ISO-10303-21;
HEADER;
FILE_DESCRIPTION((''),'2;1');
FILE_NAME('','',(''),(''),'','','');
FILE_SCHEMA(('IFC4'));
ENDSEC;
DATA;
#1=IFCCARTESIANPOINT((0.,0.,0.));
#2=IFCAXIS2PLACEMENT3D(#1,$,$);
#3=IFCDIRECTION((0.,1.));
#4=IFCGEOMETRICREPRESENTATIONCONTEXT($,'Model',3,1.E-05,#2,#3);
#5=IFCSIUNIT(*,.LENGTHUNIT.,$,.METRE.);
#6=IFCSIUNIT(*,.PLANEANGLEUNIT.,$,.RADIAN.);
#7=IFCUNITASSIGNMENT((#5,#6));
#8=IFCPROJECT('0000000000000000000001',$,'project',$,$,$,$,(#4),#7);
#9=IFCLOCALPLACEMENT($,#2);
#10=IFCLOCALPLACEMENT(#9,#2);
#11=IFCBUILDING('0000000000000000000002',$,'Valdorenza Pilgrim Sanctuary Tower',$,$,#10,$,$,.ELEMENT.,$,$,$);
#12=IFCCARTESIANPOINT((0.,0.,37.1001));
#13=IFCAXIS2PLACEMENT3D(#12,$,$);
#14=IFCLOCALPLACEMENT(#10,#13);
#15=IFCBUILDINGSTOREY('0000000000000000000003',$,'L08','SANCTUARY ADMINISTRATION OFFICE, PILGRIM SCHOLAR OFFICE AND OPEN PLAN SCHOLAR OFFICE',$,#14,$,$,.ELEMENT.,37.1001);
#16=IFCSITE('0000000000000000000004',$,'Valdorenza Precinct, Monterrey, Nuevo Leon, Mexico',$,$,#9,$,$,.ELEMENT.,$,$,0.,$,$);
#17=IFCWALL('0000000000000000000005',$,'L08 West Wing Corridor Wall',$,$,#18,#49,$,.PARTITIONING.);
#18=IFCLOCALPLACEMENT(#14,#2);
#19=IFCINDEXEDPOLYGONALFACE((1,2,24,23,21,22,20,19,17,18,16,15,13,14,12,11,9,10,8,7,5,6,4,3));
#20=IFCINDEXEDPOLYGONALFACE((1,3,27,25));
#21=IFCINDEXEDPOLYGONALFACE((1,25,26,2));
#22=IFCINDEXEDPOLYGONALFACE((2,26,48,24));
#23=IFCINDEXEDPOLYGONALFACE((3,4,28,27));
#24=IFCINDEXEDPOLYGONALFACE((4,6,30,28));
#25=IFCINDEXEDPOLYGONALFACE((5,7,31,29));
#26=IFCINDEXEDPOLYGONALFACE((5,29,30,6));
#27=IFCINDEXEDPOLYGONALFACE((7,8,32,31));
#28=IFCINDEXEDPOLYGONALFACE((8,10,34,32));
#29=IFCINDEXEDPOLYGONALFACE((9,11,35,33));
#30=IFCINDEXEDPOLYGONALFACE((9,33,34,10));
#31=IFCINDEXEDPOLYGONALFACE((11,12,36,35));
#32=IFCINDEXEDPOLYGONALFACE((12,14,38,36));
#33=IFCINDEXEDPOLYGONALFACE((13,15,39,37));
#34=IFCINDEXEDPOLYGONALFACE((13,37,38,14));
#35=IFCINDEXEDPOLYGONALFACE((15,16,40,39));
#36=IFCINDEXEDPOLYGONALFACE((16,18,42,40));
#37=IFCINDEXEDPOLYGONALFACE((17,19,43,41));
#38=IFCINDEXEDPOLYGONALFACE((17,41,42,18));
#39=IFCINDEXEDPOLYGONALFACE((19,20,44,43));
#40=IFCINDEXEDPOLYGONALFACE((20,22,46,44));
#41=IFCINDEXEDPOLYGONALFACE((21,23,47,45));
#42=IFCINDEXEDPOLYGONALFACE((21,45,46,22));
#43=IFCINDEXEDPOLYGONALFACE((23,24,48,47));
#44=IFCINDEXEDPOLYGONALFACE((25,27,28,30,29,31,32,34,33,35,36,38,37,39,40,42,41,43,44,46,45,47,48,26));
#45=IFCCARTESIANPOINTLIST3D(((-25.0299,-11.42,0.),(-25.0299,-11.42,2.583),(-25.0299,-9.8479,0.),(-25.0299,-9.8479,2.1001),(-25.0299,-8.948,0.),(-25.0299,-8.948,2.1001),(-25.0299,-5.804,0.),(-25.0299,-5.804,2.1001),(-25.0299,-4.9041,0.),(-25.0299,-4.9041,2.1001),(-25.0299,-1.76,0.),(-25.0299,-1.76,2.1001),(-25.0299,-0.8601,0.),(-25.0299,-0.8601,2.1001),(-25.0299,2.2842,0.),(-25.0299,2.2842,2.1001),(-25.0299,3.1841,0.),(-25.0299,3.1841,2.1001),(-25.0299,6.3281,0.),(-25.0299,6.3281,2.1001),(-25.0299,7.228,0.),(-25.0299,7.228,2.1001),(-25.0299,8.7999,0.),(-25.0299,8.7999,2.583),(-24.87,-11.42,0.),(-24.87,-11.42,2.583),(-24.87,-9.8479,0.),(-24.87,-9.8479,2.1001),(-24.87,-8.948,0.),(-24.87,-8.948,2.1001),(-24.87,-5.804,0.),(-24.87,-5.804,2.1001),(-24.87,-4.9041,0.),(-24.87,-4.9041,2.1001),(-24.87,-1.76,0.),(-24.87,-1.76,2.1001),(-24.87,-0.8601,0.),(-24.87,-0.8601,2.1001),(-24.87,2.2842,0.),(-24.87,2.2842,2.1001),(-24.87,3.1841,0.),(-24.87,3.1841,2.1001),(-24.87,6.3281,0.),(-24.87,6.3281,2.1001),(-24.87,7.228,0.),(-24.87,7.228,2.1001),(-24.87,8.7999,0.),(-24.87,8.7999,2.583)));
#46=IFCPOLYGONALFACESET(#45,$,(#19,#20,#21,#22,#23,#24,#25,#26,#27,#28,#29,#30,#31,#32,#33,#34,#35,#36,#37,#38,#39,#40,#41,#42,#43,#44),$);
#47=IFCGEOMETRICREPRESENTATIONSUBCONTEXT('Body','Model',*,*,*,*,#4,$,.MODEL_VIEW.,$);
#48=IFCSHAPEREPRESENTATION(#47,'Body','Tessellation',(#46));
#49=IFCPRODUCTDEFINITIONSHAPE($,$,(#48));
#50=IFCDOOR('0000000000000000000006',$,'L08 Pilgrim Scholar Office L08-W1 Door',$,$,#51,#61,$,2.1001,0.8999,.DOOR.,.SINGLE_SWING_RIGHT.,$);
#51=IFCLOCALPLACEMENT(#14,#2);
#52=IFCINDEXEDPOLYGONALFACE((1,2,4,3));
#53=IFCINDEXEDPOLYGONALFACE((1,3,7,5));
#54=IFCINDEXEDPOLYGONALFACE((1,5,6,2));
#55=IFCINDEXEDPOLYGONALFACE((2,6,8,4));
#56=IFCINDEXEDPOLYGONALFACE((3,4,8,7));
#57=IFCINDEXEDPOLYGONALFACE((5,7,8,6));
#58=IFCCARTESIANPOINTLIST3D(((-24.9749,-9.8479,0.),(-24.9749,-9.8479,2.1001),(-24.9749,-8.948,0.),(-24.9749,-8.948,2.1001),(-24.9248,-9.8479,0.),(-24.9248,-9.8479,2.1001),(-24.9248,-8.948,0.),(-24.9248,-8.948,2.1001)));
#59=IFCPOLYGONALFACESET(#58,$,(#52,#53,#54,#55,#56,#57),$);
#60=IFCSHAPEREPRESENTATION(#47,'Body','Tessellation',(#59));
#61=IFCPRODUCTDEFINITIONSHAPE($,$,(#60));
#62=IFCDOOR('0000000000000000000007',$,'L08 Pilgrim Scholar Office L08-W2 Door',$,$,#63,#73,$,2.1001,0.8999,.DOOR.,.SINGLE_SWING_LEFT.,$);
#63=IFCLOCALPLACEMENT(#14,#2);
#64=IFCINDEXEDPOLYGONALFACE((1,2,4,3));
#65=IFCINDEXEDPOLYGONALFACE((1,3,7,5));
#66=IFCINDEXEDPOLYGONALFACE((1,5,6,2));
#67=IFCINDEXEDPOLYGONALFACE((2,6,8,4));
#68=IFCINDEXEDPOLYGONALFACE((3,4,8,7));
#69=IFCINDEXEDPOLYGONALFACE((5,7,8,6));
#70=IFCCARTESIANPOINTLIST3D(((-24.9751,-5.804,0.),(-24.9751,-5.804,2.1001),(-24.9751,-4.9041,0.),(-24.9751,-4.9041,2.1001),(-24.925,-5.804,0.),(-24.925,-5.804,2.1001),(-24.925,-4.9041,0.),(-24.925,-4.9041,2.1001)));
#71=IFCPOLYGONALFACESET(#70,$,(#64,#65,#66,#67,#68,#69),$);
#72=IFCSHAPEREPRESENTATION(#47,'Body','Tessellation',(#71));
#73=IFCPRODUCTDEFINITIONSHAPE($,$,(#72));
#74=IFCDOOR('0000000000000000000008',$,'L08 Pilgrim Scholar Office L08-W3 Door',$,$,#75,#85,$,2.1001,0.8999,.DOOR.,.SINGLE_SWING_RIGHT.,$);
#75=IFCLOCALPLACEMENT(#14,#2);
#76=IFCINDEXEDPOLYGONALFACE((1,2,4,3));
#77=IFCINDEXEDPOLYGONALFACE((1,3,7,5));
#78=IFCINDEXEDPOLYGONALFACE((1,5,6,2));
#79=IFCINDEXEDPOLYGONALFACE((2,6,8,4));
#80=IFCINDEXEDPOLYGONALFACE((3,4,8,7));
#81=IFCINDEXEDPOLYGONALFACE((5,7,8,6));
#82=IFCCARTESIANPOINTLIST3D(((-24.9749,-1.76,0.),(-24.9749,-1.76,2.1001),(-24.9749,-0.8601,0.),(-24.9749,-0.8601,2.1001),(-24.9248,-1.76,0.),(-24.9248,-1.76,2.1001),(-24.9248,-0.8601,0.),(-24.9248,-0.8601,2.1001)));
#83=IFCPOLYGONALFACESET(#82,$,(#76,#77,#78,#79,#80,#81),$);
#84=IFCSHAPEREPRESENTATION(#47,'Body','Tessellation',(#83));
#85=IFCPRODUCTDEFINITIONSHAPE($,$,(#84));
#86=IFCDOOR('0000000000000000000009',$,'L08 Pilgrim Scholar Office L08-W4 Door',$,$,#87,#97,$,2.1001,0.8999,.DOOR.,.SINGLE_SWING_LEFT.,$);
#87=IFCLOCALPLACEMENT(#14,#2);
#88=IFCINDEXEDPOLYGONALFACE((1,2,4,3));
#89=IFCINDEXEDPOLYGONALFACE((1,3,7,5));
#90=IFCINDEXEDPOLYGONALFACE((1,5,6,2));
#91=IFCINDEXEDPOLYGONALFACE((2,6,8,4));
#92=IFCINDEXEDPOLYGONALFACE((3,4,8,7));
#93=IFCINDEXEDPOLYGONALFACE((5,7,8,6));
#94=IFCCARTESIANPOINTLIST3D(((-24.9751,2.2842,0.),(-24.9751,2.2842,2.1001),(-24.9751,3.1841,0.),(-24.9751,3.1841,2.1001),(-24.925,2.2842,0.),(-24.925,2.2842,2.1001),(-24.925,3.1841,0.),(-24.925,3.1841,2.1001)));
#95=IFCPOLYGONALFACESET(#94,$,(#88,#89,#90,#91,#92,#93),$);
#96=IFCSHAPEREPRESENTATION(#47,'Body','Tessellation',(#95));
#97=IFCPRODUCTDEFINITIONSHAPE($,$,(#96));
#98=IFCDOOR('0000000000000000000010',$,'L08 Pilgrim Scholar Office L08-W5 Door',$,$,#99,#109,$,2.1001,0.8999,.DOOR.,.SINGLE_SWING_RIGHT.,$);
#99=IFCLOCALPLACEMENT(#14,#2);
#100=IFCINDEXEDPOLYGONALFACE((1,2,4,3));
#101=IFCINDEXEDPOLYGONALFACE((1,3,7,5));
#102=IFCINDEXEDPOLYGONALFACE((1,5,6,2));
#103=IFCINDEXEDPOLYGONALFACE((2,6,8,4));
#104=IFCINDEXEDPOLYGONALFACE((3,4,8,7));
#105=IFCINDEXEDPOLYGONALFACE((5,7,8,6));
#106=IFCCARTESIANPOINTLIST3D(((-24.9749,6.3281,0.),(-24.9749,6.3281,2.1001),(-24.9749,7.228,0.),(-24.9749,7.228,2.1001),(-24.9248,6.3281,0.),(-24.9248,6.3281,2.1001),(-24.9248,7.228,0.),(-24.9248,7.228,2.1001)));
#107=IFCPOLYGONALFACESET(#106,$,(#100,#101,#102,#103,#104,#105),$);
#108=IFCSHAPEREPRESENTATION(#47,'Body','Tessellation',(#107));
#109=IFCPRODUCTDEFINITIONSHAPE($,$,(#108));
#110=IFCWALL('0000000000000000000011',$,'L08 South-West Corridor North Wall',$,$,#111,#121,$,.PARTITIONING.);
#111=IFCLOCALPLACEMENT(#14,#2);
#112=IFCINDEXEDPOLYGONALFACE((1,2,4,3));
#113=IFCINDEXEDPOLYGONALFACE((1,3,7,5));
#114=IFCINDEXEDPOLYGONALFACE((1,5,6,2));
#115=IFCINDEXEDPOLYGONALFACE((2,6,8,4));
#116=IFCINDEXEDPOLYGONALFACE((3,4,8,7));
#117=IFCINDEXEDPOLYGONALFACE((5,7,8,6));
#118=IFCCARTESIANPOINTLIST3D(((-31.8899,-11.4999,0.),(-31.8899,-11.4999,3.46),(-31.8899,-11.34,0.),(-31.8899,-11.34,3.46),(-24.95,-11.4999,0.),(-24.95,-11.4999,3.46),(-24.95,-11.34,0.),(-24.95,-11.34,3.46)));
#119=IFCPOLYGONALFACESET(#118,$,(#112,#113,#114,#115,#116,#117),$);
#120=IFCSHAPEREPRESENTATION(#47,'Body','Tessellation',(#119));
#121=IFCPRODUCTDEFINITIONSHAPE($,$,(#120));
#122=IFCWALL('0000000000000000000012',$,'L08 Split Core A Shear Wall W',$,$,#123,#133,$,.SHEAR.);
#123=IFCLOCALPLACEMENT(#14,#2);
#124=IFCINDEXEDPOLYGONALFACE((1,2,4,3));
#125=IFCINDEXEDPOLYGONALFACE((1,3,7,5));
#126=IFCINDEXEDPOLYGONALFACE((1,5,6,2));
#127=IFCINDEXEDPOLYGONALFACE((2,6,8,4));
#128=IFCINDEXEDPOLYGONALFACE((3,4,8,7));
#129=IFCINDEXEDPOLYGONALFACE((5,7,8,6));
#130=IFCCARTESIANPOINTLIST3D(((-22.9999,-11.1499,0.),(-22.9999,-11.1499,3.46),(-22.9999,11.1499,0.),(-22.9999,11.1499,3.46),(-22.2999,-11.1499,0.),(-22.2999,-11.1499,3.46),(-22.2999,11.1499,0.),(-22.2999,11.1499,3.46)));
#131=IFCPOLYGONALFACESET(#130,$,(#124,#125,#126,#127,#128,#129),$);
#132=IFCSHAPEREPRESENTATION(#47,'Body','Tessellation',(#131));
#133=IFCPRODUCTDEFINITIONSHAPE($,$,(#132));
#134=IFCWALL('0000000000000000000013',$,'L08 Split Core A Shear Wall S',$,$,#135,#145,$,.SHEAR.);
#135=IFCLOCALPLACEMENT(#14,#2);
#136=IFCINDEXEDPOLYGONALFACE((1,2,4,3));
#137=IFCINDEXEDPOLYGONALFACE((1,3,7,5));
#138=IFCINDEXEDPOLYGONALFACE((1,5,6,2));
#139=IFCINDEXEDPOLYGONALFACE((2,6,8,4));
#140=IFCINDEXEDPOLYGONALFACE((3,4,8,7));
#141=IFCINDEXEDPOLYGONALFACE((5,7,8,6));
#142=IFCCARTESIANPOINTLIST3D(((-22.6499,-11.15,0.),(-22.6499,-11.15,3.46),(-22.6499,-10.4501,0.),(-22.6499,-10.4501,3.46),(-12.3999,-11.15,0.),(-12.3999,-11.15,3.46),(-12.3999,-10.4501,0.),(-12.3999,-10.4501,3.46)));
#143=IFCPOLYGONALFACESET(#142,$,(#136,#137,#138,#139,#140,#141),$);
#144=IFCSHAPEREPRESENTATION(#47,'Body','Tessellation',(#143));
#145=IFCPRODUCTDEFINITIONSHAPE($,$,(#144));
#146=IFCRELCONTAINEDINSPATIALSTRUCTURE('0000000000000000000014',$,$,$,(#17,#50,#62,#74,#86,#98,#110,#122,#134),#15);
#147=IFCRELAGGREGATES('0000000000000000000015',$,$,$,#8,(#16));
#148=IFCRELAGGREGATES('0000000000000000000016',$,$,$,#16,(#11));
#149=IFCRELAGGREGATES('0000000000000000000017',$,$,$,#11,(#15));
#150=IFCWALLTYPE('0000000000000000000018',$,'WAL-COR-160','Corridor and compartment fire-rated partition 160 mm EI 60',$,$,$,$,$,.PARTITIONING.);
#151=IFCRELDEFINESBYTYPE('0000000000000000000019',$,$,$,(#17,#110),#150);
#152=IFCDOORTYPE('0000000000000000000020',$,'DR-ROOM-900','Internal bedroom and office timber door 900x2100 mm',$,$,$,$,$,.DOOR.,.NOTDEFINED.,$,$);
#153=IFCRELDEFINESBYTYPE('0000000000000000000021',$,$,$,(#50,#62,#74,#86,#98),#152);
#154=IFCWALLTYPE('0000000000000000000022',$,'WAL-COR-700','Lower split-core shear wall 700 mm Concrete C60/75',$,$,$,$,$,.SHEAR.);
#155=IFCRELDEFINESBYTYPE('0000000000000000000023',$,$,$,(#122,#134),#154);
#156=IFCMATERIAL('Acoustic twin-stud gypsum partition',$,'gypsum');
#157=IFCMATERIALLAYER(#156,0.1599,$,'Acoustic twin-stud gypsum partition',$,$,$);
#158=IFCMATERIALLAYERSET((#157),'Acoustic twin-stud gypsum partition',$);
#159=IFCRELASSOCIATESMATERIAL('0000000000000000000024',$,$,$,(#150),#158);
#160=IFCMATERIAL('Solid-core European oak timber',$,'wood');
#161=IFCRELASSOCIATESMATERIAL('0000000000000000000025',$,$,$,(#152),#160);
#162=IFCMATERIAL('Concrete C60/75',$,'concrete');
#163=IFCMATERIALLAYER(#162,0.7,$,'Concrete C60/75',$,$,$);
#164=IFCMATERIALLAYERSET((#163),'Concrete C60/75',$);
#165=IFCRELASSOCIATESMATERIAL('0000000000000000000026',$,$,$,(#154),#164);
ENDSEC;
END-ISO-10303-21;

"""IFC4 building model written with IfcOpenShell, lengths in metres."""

from ifc_helpers import new_model, si_unit, direction, frame, frame_2d, origin, place, context, subcontext, project, spatial, rectangle, extrude, material, layer, layer_set, type_object, element, fill, save


model = new_model("IFC4")

# Units and contexts
model_context = context("Model", 3, precision=1e-05, world=origin(), true_north=direction((0.0, 1.0)))
body_context = subcontext(model_context, "Body", "Model", "MODEL_VIEW")
ifc_project = project(units=[si_unit("LENGTHUNIT", "METRE"), si_unit("PLANEANGLEUNIT", "RADIAN")], contexts=[model_context])

# Site, building, storey
site_placement = place(None, origin())
site = spatial("IfcSite", under=ifc_project, at=site_placement, Name="Valdorenza Precinct, Monterrey, Nuevo Leon, Mexico", CompositionType="ELEMENT", RefElevation=0.0)
building_placement = place(site_placement, origin())
building = spatial("IfcBuilding", under=site, at=building_placement, Name="Valdorenza Pilgrim Sanctuary Tower", CompositionType="ELEMENT")
storey_placement = place(building_placement, frame((0.0, 0.0, 37.1001)))
storey = spatial("IfcBuildingStorey", under=building, at=storey_placement, Name="L08", Description="SANCTUARY ADMINISTRATION OFFICE, PILGRIM SCHOLAR OFFICE AND OPEN PLAN SCHOLAR OFFICE", CompositionType="ELEMENT", Elevation=37.1001)

# Shared definitions
ifc_material_1 = material(Name="Concrete C60/75", Category="concrete")

# Wall, openings, doors
ifc_material_2 = material(Name="Acoustic twin-stud gypsum partition", Category="gypsum")
ifc_layer_1 = layer(ifc_material_2, 0.1599, Name="Acoustic twin-stud gypsum partition")
ifc_layer_set_1 = layer_set([ifc_layer_1], Name="Acoustic twin-stud gypsum partition")
wall_type_1 = type_object("IfcWallType", Name="WAL-COR-160", Description="Corridor and compartment fire-rated partition 160 mm EI 60", PredefinedType="PARTITIONING", material=ifc_layer_set_1)
wall_1_placement = place(storey_placement, frame((-24.95, -11.4199, 0.0), z_axis=(0.0, 0.0, 1.0), x_axis=(0.0, 1.0, 0.0)))
wall_1 = element("IfcWall", 1, at=wall_1_placement, inside=storey, type_object=wall_type_1, Name="L08 West Wing Corridor Wall", PredefinedType="PARTITIONING", context=body_context, shape_type="SweptSolid", body=[
    extrude(rectangle(XDim=20.22, YDim=0.1599, at=frame_2d((10.1099, 0.0))), origin(), (0.0, 0.0, 1.0), 2.583),
])
opening_1_placement = place(wall_1_placement, frame((1.572, 0.0, 0.0)))
opening_1 = element("IfcOpeningElement", 2, at=opening_1_placement, cuts=wall_1, PredefinedType="OPENING", context=body_context, shape_type="SweptSolid", body=[
    extrude(rectangle(XDim=0.8999, YDim=2.1001, at=frame_2d((0.45, 1.05))), frame((0.0, 0.0947, 0.0), z_axis=(0.0, -1.0, 0.0), x_axis=(1.0, 0.0, 0.0)), (0.0, 0.0, 1.0), 0.1897),
])
opening_2_placement = place(wall_1_placement, frame((5.616, 0.0, 0.0)))
opening_2 = element("IfcOpeningElement", 3, at=opening_2_placement, cuts=wall_1, PredefinedType="OPENING", context=body_context, shape_type="SweptSolid", body=[
    extrude(rectangle(XDim=0.8999, YDim=2.1001, at=frame_2d((0.45, 1.05))), frame((0.0, 0.0947, 0.0), z_axis=(0.0, -1.0, 0.0), x_axis=(1.0, 0.0, 0.0)), (0.0, 0.0, 1.0), 0.1897),
])
opening_3_placement = place(wall_1_placement, frame((9.6599, 0.0, 0.0)))
opening_3 = element("IfcOpeningElement", 4, at=opening_3_placement, cuts=wall_1, PredefinedType="OPENING", context=body_context, shape_type="SweptSolid", body=[
    extrude(rectangle(XDim=0.8999, YDim=2.1001, at=frame_2d((0.45, 1.05))), frame((0.0, 0.0947, 0.0), z_axis=(0.0, -1.0, 0.0), x_axis=(1.0, 0.0, 0.0)), (0.0, 0.0, 1.0), 0.1897),
])
opening_4_placement = place(wall_1_placement, frame((13.7041, 0.0, 0.0)))
opening_4 = element("IfcOpeningElement", 5, at=opening_4_placement, cuts=wall_1, PredefinedType="OPENING", context=body_context, shape_type="SweptSolid", body=[
    extrude(rectangle(XDim=0.8999, YDim=2.1001, at=frame_2d((0.45, 1.05))), frame((0.0, 0.0947, 0.0), z_axis=(0.0, -1.0, 0.0), x_axis=(1.0, 0.0, 0.0)), (0.0, 0.0, 1.0), 0.1897),
])
opening_5_placement = place(wall_1_placement, frame((17.748, 0.0, 0.0)))
opening_5 = element("IfcOpeningElement", 6, at=opening_5_placement, cuts=wall_1, PredefinedType="OPENING", context=body_context, shape_type="SweptSolid", body=[
    extrude(rectangle(XDim=0.8999, YDim=2.1001, at=frame_2d((0.45, 1.05))), frame((0.0, 0.0947, 0.0), z_axis=(0.0, -1.0, 0.0), x_axis=(1.0, 0.0, 0.0)), (0.0, 0.0, 1.0), 0.1897),
])
ifc_material_3 = material(Name="Solid-core European oak timber", Category="wood")
door_type = type_object("IfcDoorType", Name="DR-ROOM-900", Description="Internal bedroom and office timber door 900x2100 mm", OperationType="NOTDEFINED", PredefinedType="DOOR", material=ifc_material_3)
door_1_placement = place(opening_1_placement, origin())
door_1 = element("IfcDoor", 7, at=door_1_placement, inside=storey, type_object=door_type, Name="L08 Pilgrim Scholar Office L08-W1 Door", OperationType="SINGLE_SWING_RIGHT", OverallHeight=2.1001, OverallWidth=0.8999, PredefinedType="DOOR", context=body_context, shape_type="SweptSolid", body=[
    extrude(rectangle(XDim=0.8999, YDim=2.1001, at=frame_2d((0.45, 1.05))), frame((0.0, 0.0249, 0.0), z_axis=(0.0, -1.0, 0.0), x_axis=(1.0, 0.0, 0.0)), (0.0, 0.0, 1.0), 0.05),
])
fill(opening_1, door_1)
door_2_placement = place(opening_2_placement, frame((0.8999, 0.0, 0.0), z_axis=(0.0, 0.0, 1.0), x_axis=(-1.0, 0.0, 0.0)))
door_2 = element("IfcDoor", 8, at=door_2_placement, inside=storey, type_object=door_type, Name="L08 Pilgrim Scholar Office L08-W2 Door", OperationType="SINGLE_SWING_LEFT", OverallHeight=2.1001, OverallWidth=0.8999, PredefinedType="DOOR", context=body_context, shape_type="SweptSolid", body=[
    extrude(rectangle(XDim=0.8999, YDim=2.1001, at=frame_2d((0.45, 1.05))), frame((0.0, 0.0249, 0.0), z_axis=(0.0, -1.0, 0.0), x_axis=(1.0, 0.0, 0.0)), (0.0, 0.0, 1.0), 0.05),
])
fill(opening_2, door_2)
door_3_placement = place(opening_3_placement, origin())
door_3 = element("IfcDoor", 9, at=door_3_placement, inside=storey, type_object=door_type, Name="L08 Pilgrim Scholar Office L08-W3 Door", OperationType="SINGLE_SWING_RIGHT", OverallHeight=2.1001, OverallWidth=0.8999, PredefinedType="DOOR", context=body_context, shape_type="SweptSolid", body=[
    extrude(rectangle(XDim=0.8999, YDim=2.1001, at=frame_2d((0.45, 1.05))), frame((0.0, 0.0249, 0.0), z_axis=(0.0, -1.0, 0.0), x_axis=(1.0, 0.0, 0.0)), (0.0, 0.0, 1.0), 0.05),
])
fill(opening_3, door_3)
door_4_placement = place(opening_4_placement, frame((0.8999, 0.0, 0.0), z_axis=(0.0, 0.0, 1.0), x_axis=(-1.0, 0.0, 0.0)))
door_4 = element("IfcDoor", 10, at=door_4_placement, inside=storey, type_object=door_type, Name="L08 Pilgrim Scholar Office L08-W4 Door", OperationType="SINGLE_SWING_LEFT", OverallHeight=2.1001, OverallWidth=0.8999, PredefinedType="DOOR", context=body_context, shape_type="SweptSolid", body=[
    extrude(rectangle(XDim=0.8999, YDim=2.1001, at=frame_2d((0.45, 1.05))), frame((0.0, 0.0249, 0.0), z_axis=(0.0, -1.0, 0.0), x_axis=(1.0, 0.0, 0.0)), (0.0, 0.0, 1.0), 0.05),
])
fill(opening_4, door_4)
door_5_placement = place(opening_5_placement, origin())
door_5 = element("IfcDoor", 11, at=door_5_placement, inside=storey, type_object=door_type, Name="L08 Pilgrim Scholar Office L08-W5 Door", OperationType="SINGLE_SWING_RIGHT", OverallHeight=2.1001, OverallWidth=0.8999, PredefinedType="DOOR", context=body_context, shape_type="SweptSolid", body=[
    extrude(rectangle(XDim=0.8999, YDim=2.1001, at=frame_2d((0.45, 1.05))), frame((0.0, 0.0249, 0.0), z_axis=(0.0, -1.0, 0.0), x_axis=(1.0, 0.0, 0.0)), (0.0, 0.0, 1.0), 0.05),
])
fill(opening_5, door_5)

# Walls
wall_2_placement = place(storey_placement, frame((-31.8899, -11.4199, 0.0), z_axis=(0.0, 0.0, 1.0), x_axis=(1.0, 0.0, 0.0)))
element("IfcWall", 12, at=wall_2_placement, inside=storey, type_object=wall_type_1, Name="L08 South-West Corridor North Wall", PredefinedType="PARTITIONING", context=body_context, shape_type="SweptSolid", body=[
    extrude(rectangle(XDim=6.9399, YDim=0.1599, at=frame_2d((3.47, 0.0))), origin(), (0.0, 0.0, 1.0), 3.46),
])
ifc_layer_2 = layer(ifc_material_1, 0.7, Name="Concrete C60/75")
ifc_layer_set_2 = layer_set([ifc_layer_2], Name="Concrete C60/75")
wall_type_2 = type_object("IfcWallType", Name="WAL-COR-700", Description="Lower split-core shear wall 700 mm Concrete C60/75", PredefinedType="SHEAR", material=ifc_layer_set_2)
wall_3_placement = place(storey_placement, frame((-22.6499, -11.1499, 0.0), z_axis=(0.0, 0.0, 1.0), x_axis=(0.0, 1.0, 0.0)))
element("IfcWall", 13, at=wall_3_placement, inside=storey, type_object=wall_type_2, Name="L08 Split Core A Shear Wall W", PredefinedType="SHEAR", context=body_context, shape_type="SweptSolid", body=[
    extrude(rectangle(XDim=22.2998, YDim=0.7, at=frame_2d((11.1499, 0.0))), origin(), (0.0, 0.0, 1.0), 3.46),
])
wall_4_placement = place(storey_placement, frame((-22.6499, -10.8, 0.0), z_axis=(0.0, 0.0, 1.0), x_axis=(1.0, 0.0, 0.0)))
element("IfcWall", 14, at=wall_4_placement, inside=storey, type_object=wall_type_2, Name="L08 Split Core A Shear Wall S", PredefinedType="SHEAR", context=body_context, shape_type="SweptSolid", body=[
    extrude(rectangle(XDim=10.25, YDim=0.7, at=frame_2d((5.125, 0.0))), origin(), (0.0, 0.0, 1.0), 3.46),
])

save(model, "model.ifc")
